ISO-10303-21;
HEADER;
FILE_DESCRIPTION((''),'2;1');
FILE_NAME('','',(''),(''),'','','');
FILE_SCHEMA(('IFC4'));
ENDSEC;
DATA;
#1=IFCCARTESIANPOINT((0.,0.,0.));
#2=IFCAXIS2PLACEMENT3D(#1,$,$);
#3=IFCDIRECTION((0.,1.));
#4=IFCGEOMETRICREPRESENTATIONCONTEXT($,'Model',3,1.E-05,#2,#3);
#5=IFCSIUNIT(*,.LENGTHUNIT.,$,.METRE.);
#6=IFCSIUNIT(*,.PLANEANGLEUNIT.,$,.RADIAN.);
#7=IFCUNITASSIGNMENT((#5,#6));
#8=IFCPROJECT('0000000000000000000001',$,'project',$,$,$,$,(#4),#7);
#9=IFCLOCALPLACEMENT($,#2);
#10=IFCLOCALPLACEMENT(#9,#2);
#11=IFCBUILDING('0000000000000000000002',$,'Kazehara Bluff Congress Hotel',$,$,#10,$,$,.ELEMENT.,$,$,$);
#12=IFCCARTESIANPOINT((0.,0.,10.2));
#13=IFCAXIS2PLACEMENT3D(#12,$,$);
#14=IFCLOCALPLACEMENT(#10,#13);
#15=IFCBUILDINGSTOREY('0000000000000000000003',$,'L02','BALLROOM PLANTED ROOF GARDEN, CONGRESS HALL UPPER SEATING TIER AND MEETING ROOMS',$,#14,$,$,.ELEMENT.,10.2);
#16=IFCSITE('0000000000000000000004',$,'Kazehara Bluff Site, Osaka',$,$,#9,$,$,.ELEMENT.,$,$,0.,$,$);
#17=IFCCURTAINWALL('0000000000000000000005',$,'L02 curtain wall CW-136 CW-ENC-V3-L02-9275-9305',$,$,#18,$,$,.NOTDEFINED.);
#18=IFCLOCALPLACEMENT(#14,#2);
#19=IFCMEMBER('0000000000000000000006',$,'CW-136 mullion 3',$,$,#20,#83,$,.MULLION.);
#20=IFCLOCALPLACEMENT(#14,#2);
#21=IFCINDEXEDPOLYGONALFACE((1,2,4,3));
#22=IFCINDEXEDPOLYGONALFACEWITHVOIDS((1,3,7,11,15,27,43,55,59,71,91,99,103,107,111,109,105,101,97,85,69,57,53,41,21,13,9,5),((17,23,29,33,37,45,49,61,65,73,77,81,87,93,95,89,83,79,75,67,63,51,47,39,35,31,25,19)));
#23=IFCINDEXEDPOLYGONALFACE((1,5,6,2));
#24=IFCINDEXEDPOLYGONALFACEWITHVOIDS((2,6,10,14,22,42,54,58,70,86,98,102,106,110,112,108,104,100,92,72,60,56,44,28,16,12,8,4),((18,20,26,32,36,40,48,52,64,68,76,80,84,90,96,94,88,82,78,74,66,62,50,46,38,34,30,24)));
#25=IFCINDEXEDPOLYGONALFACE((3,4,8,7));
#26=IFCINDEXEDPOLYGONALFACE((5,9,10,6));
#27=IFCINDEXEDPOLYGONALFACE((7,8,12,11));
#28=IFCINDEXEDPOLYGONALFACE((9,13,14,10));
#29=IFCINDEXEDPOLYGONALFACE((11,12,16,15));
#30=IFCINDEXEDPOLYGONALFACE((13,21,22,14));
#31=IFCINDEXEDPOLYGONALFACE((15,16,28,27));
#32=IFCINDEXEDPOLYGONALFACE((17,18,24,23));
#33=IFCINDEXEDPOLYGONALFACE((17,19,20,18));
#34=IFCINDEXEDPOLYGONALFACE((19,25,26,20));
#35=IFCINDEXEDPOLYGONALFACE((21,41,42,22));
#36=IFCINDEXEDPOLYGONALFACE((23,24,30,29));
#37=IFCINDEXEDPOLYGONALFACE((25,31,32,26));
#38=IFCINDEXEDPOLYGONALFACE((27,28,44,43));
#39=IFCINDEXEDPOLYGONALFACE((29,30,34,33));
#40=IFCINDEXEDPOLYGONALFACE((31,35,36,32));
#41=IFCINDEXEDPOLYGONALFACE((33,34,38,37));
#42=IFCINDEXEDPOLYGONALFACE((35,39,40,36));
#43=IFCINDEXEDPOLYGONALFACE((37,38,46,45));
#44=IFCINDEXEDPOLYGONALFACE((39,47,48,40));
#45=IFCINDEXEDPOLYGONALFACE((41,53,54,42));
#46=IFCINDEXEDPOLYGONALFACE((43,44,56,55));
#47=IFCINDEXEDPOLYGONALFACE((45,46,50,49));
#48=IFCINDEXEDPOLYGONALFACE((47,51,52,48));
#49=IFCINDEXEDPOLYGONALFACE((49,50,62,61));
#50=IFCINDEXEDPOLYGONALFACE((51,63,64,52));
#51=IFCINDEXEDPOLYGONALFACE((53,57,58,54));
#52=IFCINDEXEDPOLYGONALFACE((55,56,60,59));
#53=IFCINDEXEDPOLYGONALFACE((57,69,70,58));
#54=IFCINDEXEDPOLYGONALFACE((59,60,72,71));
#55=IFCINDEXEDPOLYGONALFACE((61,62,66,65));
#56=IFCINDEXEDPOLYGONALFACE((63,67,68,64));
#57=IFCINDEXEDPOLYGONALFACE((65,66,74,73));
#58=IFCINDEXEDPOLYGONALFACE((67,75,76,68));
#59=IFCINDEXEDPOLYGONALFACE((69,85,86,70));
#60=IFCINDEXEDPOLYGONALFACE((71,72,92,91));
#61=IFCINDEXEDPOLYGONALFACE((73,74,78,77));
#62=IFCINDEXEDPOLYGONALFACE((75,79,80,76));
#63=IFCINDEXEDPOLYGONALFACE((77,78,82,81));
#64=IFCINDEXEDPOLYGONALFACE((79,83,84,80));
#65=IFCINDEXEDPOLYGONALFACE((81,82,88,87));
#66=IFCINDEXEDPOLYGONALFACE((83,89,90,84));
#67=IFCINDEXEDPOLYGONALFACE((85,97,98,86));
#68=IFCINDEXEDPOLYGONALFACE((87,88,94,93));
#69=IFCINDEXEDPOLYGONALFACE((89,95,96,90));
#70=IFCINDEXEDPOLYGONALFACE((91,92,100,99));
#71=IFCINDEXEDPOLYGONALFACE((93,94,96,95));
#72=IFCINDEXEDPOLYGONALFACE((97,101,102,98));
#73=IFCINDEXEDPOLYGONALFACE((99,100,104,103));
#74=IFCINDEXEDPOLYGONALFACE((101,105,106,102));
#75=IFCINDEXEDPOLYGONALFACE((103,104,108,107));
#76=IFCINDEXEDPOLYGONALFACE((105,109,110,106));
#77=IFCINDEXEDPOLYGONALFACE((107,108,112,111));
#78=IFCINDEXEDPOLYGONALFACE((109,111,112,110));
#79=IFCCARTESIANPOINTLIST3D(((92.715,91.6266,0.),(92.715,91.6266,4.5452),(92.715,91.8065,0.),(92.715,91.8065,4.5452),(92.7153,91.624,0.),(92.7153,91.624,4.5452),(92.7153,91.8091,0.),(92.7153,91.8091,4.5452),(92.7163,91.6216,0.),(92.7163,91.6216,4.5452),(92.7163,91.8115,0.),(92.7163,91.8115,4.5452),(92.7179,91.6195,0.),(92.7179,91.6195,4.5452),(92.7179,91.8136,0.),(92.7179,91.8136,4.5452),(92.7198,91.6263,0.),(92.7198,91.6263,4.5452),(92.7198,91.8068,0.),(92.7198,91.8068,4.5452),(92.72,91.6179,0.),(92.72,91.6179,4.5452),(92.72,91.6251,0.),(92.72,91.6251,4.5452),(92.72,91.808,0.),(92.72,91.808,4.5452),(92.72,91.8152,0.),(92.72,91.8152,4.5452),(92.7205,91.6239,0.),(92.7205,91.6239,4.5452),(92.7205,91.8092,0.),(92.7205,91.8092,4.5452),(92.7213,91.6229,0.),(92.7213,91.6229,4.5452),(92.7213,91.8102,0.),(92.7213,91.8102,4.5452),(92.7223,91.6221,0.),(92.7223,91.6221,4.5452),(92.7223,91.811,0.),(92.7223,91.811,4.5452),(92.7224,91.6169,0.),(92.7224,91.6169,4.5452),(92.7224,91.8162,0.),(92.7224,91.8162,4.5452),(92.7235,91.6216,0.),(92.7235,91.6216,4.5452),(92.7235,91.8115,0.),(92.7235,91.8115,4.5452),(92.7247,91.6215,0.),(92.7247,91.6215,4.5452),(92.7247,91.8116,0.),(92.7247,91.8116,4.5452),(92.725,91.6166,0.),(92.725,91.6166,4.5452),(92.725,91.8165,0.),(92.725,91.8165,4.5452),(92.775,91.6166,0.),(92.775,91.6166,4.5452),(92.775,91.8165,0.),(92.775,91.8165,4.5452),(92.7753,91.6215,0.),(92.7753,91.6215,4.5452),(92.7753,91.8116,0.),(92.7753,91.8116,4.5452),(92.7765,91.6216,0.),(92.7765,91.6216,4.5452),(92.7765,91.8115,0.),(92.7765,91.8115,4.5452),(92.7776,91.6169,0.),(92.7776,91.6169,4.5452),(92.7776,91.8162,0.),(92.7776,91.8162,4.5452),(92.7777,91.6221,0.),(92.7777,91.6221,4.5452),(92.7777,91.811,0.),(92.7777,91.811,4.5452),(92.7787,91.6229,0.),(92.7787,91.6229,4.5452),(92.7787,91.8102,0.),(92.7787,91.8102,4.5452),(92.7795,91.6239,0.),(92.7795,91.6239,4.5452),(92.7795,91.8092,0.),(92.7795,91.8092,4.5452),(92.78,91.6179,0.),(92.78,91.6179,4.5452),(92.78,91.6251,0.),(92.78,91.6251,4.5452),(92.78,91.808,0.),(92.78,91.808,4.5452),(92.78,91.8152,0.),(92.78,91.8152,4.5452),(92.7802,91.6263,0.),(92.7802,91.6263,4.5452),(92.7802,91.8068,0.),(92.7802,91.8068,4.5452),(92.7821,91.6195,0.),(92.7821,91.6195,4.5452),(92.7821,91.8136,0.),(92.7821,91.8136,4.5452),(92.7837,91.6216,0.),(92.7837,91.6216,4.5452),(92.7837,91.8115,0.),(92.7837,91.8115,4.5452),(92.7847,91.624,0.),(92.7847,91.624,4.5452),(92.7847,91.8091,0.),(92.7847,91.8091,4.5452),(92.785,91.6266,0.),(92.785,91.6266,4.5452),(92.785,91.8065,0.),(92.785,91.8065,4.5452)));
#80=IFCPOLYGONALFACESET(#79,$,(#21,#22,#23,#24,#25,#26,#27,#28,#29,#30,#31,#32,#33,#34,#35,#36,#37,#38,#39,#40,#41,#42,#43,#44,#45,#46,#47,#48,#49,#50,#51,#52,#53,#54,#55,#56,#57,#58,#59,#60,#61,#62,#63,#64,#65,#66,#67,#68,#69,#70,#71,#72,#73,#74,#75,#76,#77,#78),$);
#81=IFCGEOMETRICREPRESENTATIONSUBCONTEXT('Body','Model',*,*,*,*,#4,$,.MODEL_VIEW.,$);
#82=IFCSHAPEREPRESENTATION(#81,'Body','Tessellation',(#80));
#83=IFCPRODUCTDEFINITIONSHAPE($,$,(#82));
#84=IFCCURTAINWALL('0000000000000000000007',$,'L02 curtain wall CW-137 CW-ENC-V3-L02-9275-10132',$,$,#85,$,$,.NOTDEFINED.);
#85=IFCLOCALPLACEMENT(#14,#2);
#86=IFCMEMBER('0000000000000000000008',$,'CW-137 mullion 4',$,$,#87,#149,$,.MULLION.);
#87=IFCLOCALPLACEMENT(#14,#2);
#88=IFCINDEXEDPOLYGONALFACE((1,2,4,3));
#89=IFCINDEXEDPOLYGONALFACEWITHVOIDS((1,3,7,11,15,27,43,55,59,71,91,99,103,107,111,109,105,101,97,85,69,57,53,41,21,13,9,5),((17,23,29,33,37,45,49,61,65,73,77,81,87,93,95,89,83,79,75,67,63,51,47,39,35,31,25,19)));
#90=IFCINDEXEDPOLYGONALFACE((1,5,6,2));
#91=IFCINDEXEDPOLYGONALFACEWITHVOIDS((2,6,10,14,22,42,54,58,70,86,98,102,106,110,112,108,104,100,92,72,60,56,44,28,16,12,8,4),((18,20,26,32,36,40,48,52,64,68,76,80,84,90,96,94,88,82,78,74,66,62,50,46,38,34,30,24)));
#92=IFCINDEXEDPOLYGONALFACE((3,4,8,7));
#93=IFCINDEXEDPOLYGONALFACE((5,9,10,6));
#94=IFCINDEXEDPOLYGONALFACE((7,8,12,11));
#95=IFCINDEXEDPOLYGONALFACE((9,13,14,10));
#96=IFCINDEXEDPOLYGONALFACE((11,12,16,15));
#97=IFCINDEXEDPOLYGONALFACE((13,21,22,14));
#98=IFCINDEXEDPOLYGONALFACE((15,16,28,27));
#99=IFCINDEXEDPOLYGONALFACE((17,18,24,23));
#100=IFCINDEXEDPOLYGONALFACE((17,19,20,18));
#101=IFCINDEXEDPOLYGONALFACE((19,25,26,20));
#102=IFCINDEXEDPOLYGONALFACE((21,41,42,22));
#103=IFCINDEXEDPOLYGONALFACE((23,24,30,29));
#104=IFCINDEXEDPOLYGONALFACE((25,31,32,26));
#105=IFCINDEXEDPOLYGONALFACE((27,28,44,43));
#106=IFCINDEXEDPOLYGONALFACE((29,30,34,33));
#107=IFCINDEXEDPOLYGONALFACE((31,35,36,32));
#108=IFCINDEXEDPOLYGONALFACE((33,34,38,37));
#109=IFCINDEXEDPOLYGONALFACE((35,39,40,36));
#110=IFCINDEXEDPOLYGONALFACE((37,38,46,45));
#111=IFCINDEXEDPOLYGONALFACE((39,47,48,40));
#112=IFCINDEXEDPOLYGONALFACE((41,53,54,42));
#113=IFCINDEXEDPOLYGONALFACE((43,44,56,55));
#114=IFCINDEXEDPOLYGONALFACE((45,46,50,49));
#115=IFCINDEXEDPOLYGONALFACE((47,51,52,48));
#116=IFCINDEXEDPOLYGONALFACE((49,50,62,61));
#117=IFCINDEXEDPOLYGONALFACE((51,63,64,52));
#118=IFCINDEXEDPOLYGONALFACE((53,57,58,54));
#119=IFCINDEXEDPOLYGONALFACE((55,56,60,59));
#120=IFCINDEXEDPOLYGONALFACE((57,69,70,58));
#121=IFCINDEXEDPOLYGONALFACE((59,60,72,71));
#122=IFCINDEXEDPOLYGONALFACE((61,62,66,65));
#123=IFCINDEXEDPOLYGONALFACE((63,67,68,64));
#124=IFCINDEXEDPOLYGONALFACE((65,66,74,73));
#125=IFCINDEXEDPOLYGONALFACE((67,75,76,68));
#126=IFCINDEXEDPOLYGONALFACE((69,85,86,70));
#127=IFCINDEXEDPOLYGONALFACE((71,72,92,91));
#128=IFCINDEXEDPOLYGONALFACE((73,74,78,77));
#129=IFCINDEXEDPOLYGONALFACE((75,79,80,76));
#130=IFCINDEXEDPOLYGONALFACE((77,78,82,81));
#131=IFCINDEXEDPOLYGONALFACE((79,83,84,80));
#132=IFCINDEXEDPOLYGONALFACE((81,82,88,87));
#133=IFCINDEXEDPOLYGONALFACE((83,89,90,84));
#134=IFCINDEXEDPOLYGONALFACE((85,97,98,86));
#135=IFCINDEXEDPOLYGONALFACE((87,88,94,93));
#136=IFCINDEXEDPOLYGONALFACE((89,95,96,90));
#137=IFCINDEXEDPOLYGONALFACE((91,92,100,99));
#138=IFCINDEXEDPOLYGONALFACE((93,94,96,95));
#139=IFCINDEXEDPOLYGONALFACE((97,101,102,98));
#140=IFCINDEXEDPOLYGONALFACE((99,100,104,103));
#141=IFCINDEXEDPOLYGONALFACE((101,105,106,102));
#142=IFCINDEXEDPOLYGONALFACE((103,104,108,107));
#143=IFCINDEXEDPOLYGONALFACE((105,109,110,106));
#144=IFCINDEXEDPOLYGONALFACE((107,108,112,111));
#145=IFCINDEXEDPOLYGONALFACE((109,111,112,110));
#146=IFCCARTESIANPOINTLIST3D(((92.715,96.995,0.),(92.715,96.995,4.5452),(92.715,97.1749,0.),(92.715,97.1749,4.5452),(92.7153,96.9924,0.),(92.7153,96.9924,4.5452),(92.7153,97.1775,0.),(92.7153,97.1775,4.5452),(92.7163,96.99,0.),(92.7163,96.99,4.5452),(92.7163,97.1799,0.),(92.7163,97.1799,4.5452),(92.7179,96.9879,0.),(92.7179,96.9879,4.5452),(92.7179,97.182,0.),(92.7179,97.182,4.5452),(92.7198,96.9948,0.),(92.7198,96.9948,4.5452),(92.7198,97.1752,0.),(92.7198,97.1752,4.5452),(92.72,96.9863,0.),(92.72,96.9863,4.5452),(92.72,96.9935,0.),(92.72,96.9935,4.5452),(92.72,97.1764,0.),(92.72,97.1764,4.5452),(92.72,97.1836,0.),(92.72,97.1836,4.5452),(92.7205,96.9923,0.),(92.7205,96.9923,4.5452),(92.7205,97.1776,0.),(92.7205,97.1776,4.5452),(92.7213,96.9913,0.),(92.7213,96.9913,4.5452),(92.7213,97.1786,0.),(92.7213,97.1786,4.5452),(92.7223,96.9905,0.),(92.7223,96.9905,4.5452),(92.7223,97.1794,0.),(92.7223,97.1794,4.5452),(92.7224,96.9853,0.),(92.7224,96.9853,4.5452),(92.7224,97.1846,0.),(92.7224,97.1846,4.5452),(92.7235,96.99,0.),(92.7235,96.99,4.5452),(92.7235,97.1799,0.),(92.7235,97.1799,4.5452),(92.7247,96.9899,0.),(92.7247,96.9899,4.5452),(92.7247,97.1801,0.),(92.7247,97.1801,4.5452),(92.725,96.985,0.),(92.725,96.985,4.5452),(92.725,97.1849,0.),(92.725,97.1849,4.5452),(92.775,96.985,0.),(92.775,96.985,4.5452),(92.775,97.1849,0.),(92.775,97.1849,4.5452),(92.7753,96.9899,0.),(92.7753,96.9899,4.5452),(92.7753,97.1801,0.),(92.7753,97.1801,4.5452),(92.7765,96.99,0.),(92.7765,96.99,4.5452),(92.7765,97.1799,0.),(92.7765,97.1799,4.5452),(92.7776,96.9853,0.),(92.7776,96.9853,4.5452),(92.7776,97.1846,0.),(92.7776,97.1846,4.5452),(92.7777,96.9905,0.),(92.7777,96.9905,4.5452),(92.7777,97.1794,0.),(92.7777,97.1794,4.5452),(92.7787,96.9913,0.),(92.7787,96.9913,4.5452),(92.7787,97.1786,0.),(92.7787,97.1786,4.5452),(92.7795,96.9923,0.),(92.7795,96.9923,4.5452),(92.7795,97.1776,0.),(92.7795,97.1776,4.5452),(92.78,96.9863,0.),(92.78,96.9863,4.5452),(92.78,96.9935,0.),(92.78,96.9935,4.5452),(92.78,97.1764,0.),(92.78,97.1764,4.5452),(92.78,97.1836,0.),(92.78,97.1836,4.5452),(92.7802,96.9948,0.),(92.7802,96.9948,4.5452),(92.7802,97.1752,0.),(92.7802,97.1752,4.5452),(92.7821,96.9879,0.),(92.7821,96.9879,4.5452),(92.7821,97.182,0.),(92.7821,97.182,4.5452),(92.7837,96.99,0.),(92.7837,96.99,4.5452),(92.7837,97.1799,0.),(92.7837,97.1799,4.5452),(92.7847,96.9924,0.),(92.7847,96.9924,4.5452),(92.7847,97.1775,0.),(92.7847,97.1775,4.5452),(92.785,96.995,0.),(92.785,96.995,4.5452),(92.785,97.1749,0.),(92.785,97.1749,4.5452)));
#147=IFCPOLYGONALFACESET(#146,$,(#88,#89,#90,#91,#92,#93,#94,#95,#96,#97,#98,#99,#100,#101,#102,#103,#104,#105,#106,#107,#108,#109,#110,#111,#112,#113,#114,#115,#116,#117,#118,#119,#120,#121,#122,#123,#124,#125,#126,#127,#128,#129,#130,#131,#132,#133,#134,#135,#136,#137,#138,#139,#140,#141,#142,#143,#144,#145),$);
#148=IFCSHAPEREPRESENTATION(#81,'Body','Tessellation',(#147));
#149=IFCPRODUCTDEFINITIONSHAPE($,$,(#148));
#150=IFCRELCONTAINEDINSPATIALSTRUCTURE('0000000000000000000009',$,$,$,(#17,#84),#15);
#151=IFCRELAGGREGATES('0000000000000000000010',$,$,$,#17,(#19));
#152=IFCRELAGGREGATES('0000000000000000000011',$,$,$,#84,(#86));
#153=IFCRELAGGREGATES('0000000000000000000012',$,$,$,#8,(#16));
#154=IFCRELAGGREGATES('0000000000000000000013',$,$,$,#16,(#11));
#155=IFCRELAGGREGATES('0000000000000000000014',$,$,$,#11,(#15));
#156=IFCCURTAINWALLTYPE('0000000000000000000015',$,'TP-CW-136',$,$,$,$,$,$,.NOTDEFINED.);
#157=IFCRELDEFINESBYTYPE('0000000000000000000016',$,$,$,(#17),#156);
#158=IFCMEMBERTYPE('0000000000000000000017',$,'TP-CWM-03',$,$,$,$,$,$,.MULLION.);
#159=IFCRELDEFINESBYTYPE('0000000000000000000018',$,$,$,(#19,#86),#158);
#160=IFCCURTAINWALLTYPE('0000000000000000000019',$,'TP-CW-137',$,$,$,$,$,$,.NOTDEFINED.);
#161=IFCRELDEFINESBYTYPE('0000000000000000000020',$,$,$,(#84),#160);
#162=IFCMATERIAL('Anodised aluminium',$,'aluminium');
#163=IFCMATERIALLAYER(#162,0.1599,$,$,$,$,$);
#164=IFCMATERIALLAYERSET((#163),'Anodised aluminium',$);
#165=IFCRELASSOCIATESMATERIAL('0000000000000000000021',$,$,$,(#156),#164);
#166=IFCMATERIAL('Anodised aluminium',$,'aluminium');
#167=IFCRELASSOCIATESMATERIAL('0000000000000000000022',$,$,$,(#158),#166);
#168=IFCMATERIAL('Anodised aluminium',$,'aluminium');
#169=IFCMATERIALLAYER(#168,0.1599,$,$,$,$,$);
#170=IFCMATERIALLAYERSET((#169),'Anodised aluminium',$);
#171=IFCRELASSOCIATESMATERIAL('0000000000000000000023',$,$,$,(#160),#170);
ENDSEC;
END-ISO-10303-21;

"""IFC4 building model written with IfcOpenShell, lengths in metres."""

from ifc_helpers import new_model, si_unit, direction, frame, origin, origin_2d, place, context, subcontext, project, spatial, hollow_rectangle, extrude, material, layer, layer_set, material_profile, profile_set, type_object, element, aggregate, save


model = new_model("IFC4")

# Units and contexts
model_context = context("Model", 3, precision=1e-05, world=origin(), true_north=direction((0.0, 1.0)))
body_context = subcontext(model_context, "Body", "Model", "MODEL_VIEW")
ifc_project = project(units=[si_unit("LENGTHUNIT", "METRE"), si_unit("PLANEANGLEUNIT", "RADIAN")], contexts=[model_context])

# Site, building, storey
site_placement = place(None, origin())
site = spatial("IfcSite", under=ifc_project, at=site_placement, Name="Kazehara Bluff Site, Osaka", CompositionType="ELEMENT", RefElevation=0.0)
building_placement = place(site_placement, origin())
building = spatial("IfcBuilding", under=site, at=building_placement, Name="Kazehara Bluff Congress Hotel", CompositionType="ELEMENT")
storey_placement = place(building_placement, frame((0.0, 0.0, 10.2)))
storey = spatial("IfcBuildingStorey", under=building, at=storey_placement, Name="L02", Description="BALLROOM PLANTED ROOF GARDEN, CONGRESS HALL UPPER SEATING TIER AND MEETING ROOMS", CompositionType="ELEMENT", Elevation=10.2)

# Curtain wall, member
ifc_material_1 = material(Name="Anodised aluminium", Category="aluminium")
ifc_layer_1 = layer(ifc_material_1, 0.1599)
ifc_layer_set_1 = layer_set([ifc_layer_1], Name="Anodised aluminium")
curtain_wall_type_1 = type_object("IfcCurtainWallType", Name="TP-CW-136", PredefinedType="NOTDEFINED", material=ifc_layer_set_1)
curtain_wall_1_placement = place(storey_placement, origin())
curtain_wall_1 = element("IfcCurtainWall", 1, at=curtain_wall_1_placement, inside=storey, type_object=curtain_wall_type_1, Name="L02 curtain wall CW-136 CW-ENC-V3-L02-9275-9305", PredefinedType="NOTDEFINED")
ifc_material_2 = material(Name="Anodised aluminium", Category="aluminium")
ifc_material_profile_1 = material_profile(ifc_material_2, hollow_rectangle(XDim=0.0701, YDim=0.2, WallThickness=0.0049, InnerFilletRadius=0.0049, OuterFilletRadius=0.01, at=origin_2d()))
ifc_profile_set_1 = profile_set([ifc_material_profile_1], Name="Anodised aluminium")
member_type_1 = type_object("IfcMemberType", Name="TP-CWM-03", PredefinedType="MULLION", material=ifc_profile_set_1)
member_1_placement = place(storey_placement, frame((92.75, 91.7166, 0.0), z_axis=(0.0, 0.0, 1.0), x_axis=(1.0, 0.0, 0.0)))
member_1 = element("IfcMember", 2, at=member_1_placement, type_object=member_type_1, Name="CW-136 mullion 3", PredefinedType="MULLION", context=body_context, shape_type="SweptSolid", body=[
    extrude(hollow_rectangle(XDim=0.0701, YDim=0.2, WallThickness=0.0049, InnerFilletRadius=0.0049, OuterFilletRadius=0.01, at=origin_2d()), origin(), (0.0, 0.0, 1.0), 4.5452),
])

# Curtain wall, member
ifc_material_3 = material(Name="Anodised aluminium", Category="aluminium")
ifc_layer_2 = layer(ifc_material_3, 0.1599)
ifc_layer_set_2 = layer_set([ifc_layer_2], Name="Anodised aluminium")
curtain_wall_type_2 = type_object("IfcCurtainWallType", Name="TP-CW-137", PredefinedType="NOTDEFINED", material=ifc_layer_set_2)
curtain_wall_2_placement = place(storey_placement, origin())
curtain_wall_2 = element("IfcCurtainWall", 3, at=curtain_wall_2_placement, inside=storey, type_object=curtain_wall_type_2, Name="L02 curtain wall CW-137 CW-ENC-V3-L02-9275-10132", PredefinedType="NOTDEFINED")
member_2_placement = place(storey_placement, frame((92.75, 97.085, 0.0), z_axis=(0.0, 0.0, 1.0), x_axis=(1.0, 0.0, 0.0)))
member_2 = element("IfcMember", 4, at=member_2_placement, type_object=member_type_1, Name="CW-137 mullion 4", PredefinedType="MULLION", context=body_context, shape_type="SweptSolid", body=[
    extrude(hollow_rectangle(XDim=0.0701, YDim=0.2, WallThickness=0.0049, InnerFilletRadius=0.0049, OuterFilletRadius=0.01, at=origin_2d()), origin(), (0.0, 0.0, 1.0), 4.5452),
])

aggregate(curtain_wall_1, [member_1])
aggregate(curtain_wall_2, [member_2])

save(model, "model.ifc")
